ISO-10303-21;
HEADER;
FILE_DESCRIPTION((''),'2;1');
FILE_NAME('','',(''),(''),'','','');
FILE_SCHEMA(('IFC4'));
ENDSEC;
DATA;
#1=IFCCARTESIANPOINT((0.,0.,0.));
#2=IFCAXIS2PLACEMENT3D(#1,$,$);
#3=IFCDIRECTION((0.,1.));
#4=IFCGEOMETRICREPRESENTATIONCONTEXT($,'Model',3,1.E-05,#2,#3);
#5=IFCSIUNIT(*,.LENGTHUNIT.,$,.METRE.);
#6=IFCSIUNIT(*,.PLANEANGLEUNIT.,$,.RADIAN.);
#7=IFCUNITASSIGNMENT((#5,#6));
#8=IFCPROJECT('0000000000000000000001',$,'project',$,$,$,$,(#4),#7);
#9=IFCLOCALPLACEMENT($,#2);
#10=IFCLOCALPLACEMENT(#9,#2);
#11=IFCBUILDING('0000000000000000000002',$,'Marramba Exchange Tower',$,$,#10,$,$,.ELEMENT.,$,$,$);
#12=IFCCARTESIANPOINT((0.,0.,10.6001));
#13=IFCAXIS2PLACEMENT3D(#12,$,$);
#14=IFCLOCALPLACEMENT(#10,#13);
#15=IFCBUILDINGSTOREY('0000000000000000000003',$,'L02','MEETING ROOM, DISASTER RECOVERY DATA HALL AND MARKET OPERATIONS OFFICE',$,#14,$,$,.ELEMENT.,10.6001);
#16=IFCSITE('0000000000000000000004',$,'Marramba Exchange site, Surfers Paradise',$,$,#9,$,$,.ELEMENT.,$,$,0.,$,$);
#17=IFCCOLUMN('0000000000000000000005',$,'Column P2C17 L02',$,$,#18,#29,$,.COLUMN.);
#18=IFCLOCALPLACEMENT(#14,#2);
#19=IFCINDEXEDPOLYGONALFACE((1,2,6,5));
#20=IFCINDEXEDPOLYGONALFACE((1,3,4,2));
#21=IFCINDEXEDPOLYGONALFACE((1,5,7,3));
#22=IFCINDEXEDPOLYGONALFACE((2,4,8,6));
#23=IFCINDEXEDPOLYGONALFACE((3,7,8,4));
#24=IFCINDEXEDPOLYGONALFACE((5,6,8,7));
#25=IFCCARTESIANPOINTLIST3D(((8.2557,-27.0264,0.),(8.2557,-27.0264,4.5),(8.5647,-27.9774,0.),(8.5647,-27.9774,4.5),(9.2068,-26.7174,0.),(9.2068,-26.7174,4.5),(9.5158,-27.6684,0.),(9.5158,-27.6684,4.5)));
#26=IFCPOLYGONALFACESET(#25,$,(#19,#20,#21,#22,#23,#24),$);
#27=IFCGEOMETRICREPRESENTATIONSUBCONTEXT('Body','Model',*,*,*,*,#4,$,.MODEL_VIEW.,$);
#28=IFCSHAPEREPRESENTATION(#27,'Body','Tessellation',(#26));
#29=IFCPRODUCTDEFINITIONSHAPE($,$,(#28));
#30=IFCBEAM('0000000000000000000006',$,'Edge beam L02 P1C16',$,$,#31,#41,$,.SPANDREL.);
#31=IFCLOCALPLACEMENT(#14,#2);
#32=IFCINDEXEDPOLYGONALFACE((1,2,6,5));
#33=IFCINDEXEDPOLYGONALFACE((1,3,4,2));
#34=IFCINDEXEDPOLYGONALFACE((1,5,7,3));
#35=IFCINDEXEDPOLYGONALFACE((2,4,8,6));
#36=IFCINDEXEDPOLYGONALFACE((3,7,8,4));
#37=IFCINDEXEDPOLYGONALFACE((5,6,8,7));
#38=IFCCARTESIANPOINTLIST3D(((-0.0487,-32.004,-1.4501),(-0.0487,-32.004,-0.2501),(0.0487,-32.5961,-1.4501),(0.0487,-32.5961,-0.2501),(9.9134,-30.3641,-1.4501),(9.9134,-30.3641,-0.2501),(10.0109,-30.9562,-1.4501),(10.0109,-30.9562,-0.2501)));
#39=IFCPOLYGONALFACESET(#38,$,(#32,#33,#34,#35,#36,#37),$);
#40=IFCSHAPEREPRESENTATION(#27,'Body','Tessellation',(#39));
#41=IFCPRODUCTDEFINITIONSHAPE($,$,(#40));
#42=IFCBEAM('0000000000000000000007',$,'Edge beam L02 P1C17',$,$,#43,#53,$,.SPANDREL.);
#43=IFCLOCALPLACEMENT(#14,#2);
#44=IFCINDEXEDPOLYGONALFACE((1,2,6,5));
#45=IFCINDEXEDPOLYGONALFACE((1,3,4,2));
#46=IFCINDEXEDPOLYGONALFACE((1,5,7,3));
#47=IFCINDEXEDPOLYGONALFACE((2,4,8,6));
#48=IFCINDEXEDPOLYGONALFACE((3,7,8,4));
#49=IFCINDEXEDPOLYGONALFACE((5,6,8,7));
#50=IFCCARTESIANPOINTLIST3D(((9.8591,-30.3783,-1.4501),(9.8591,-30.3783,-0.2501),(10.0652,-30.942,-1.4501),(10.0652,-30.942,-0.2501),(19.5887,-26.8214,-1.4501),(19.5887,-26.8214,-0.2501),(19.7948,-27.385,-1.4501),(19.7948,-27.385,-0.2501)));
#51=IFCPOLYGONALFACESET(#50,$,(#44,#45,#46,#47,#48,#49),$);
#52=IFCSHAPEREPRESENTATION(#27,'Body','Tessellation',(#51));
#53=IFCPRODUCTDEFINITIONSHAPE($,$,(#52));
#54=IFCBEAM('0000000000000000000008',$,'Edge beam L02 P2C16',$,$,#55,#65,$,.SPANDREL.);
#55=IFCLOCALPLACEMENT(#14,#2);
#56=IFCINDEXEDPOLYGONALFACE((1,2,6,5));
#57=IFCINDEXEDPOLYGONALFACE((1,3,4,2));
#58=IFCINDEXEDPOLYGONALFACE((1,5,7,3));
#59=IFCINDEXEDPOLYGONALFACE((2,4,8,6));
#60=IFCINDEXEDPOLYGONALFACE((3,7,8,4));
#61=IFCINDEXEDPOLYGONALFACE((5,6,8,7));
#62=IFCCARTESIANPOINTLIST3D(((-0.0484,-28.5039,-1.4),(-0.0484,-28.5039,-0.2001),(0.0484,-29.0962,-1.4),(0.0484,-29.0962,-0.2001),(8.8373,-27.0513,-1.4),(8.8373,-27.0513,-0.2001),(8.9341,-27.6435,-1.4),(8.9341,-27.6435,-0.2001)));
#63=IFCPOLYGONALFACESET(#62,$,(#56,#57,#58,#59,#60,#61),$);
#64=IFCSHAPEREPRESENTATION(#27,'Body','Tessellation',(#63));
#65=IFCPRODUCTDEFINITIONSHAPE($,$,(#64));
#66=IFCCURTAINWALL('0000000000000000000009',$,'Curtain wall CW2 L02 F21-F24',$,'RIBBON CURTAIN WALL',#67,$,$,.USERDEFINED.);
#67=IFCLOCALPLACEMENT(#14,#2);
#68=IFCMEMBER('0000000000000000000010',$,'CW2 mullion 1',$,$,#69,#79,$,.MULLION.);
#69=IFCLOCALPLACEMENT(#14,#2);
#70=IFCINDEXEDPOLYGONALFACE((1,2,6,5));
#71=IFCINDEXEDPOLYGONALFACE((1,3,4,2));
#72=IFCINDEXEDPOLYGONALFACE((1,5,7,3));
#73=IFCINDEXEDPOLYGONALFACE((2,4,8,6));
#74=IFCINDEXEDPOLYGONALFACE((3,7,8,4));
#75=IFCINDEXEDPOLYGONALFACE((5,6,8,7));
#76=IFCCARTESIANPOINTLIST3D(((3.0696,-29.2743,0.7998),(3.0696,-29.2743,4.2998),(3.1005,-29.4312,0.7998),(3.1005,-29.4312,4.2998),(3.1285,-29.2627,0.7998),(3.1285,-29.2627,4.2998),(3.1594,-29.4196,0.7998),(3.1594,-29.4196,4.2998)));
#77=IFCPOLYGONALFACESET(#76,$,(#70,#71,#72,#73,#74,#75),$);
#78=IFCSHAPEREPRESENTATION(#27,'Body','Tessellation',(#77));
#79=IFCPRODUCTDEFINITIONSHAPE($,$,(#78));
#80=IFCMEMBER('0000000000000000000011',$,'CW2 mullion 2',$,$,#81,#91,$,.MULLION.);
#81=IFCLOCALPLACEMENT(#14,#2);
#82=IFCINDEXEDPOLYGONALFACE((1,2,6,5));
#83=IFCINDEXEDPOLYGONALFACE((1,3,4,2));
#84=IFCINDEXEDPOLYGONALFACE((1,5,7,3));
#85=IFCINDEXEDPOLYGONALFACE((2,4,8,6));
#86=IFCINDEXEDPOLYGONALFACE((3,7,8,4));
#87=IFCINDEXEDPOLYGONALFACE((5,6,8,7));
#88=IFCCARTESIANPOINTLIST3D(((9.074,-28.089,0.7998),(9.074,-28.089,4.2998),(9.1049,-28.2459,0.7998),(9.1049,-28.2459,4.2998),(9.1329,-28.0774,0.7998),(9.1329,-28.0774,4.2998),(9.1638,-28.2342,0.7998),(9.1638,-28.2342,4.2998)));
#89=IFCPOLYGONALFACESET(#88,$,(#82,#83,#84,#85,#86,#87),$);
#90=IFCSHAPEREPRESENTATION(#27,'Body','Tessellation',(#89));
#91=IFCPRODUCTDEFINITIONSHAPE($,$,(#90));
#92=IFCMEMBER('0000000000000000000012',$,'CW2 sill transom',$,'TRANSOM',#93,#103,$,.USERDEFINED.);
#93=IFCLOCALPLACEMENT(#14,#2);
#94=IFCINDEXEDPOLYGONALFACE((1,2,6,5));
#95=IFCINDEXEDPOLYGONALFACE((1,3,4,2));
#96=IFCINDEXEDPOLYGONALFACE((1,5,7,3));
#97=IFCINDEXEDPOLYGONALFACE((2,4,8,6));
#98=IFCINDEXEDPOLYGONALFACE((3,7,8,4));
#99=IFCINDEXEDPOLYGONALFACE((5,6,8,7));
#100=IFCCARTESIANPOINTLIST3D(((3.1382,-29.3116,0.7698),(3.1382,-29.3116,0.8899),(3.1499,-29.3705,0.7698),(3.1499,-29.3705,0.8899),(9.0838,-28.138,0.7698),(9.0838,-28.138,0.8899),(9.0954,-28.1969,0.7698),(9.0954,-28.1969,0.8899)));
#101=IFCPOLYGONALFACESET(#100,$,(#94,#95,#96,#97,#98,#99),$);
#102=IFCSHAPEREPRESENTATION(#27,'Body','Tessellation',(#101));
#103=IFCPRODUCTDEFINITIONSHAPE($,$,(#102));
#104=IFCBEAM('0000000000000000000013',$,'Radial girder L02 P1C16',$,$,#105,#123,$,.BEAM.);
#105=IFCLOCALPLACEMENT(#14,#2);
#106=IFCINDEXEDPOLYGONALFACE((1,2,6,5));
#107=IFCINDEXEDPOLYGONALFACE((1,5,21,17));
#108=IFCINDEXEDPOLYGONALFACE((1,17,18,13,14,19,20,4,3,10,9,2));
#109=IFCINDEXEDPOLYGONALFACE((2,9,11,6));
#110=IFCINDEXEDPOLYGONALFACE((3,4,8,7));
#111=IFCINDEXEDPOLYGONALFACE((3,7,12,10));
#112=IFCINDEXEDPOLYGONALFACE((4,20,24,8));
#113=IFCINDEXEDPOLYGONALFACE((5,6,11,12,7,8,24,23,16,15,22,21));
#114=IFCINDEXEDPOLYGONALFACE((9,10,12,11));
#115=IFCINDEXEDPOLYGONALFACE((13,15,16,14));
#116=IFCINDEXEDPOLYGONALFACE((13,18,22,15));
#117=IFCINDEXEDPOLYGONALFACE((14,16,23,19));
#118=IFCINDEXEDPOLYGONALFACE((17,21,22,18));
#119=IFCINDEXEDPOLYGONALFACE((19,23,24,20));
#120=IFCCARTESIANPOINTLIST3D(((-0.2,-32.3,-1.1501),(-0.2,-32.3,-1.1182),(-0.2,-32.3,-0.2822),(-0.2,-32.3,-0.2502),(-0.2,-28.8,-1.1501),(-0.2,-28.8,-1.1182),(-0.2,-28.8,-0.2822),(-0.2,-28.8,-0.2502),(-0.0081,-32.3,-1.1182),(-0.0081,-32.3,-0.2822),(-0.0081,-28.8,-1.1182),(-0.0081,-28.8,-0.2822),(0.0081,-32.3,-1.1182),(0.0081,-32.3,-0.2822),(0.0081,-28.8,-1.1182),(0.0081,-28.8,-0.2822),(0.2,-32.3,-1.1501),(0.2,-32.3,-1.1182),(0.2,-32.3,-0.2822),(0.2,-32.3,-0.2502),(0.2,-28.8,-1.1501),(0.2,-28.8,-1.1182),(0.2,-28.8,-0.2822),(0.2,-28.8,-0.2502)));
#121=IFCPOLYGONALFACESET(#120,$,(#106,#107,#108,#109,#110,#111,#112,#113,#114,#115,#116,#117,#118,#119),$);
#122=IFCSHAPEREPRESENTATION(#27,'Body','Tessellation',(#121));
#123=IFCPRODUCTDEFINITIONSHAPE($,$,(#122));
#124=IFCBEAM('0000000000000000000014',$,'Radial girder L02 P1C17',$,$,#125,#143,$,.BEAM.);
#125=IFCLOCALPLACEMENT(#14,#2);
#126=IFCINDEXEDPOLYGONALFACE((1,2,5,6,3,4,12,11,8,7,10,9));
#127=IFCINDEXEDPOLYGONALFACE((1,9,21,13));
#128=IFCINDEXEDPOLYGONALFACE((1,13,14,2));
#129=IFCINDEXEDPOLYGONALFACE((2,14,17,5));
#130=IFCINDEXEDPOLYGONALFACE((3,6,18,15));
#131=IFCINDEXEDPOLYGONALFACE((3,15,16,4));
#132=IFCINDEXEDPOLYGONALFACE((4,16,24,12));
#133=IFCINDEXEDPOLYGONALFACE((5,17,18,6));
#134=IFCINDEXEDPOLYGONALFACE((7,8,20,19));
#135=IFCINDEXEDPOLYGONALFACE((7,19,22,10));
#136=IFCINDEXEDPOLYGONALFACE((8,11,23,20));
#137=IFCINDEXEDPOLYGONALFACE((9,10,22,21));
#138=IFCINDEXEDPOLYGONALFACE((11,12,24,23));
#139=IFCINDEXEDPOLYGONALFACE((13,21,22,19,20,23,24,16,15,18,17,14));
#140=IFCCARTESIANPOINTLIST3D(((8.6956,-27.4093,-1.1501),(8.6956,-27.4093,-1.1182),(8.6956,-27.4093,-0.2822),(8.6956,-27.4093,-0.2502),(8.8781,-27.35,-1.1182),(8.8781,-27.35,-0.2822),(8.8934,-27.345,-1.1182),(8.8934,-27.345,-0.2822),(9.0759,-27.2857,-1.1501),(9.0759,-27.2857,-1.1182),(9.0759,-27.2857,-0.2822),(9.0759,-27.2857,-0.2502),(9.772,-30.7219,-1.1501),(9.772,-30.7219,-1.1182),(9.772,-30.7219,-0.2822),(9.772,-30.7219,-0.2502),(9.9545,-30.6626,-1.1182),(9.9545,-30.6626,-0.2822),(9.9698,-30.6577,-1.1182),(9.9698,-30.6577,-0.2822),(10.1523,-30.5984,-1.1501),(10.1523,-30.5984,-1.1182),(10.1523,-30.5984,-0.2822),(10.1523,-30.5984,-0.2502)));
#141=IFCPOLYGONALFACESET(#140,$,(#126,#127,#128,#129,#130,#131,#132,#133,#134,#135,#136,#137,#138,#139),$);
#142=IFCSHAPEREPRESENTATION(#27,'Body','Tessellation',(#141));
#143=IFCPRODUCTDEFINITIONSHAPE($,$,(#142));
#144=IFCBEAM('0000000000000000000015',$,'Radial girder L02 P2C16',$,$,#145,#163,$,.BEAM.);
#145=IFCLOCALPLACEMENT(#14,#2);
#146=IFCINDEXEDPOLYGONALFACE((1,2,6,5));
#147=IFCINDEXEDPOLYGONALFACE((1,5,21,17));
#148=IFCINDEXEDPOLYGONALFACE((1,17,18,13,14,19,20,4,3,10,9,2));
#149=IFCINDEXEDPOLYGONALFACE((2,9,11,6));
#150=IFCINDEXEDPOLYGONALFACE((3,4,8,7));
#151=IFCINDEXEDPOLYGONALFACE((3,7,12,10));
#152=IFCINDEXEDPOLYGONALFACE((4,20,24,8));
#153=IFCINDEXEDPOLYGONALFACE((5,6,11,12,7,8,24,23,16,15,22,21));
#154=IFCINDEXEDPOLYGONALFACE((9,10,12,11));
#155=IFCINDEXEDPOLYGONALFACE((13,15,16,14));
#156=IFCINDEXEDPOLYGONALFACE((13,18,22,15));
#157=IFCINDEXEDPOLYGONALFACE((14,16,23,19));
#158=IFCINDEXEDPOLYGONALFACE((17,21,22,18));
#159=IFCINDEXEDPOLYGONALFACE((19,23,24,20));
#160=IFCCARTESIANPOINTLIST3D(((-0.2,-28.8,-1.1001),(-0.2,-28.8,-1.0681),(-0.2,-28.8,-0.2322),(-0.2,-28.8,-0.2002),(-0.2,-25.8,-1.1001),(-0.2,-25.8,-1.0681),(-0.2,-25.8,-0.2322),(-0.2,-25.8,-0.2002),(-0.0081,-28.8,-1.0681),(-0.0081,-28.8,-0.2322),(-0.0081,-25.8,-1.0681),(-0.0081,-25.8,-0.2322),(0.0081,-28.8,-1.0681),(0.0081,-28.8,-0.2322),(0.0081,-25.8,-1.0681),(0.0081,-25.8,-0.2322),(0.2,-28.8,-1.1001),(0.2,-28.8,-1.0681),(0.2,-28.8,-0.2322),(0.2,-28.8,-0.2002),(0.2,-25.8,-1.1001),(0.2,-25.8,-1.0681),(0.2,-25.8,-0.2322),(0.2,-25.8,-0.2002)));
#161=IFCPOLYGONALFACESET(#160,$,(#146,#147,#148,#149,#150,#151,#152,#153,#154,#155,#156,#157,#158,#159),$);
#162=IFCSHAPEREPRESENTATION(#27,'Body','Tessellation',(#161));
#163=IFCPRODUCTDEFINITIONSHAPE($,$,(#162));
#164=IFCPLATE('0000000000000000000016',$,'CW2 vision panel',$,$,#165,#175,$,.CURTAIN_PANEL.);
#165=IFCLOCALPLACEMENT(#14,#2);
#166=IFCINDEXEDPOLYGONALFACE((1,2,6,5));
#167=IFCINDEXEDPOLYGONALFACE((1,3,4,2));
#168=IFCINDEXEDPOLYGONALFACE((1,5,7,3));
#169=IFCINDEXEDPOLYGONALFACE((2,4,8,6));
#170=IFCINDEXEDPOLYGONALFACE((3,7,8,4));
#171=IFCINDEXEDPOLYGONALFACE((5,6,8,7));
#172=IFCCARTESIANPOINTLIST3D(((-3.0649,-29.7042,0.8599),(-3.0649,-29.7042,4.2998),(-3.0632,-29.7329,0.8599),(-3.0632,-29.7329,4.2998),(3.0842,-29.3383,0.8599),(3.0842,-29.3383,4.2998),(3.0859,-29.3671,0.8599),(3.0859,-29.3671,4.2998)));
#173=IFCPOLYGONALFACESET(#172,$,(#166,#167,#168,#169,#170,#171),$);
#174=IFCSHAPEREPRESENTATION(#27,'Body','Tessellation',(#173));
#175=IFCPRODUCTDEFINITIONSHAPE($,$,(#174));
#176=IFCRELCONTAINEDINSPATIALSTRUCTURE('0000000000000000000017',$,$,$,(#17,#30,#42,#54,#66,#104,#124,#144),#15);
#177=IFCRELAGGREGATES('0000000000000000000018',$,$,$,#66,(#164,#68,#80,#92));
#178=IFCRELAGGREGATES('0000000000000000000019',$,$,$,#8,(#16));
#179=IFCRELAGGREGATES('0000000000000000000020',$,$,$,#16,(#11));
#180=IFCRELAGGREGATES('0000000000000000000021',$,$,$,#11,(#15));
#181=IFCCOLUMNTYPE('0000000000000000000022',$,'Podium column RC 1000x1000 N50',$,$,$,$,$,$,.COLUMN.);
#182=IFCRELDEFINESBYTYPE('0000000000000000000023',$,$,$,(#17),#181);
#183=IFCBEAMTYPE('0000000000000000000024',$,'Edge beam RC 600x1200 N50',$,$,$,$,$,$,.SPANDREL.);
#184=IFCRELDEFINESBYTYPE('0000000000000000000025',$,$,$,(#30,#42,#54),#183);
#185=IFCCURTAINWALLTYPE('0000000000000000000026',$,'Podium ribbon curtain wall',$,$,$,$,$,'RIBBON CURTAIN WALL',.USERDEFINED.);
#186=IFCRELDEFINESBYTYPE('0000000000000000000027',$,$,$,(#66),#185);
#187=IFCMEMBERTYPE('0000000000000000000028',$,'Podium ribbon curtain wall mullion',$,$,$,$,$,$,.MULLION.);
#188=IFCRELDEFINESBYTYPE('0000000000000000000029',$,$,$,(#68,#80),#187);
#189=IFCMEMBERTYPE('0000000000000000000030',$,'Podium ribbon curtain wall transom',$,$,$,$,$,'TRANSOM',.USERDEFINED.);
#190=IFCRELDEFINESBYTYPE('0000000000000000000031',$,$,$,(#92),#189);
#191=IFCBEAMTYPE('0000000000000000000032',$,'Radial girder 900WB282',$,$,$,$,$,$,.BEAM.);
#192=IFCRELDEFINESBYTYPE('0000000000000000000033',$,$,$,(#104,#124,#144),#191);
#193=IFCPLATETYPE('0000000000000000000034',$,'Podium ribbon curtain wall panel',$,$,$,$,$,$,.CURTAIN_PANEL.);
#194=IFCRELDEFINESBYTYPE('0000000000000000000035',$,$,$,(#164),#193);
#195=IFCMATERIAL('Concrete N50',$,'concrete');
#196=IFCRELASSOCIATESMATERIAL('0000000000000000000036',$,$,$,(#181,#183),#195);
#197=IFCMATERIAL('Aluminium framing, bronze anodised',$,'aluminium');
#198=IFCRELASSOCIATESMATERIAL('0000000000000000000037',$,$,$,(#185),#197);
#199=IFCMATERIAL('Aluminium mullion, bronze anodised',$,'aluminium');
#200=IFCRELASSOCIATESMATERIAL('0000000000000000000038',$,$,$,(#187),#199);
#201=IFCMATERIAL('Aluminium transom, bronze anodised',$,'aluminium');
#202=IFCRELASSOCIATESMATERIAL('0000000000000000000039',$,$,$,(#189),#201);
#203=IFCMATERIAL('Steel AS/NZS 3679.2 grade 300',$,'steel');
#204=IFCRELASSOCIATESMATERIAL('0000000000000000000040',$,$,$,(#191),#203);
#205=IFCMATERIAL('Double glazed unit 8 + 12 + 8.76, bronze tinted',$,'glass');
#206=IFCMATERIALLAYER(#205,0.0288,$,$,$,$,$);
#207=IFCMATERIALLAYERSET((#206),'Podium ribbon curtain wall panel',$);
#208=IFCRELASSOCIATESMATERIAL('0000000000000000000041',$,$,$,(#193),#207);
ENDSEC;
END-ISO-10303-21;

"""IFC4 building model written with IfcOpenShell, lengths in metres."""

from ifc_helpers import new_model, si_unit, direction, frame, origin, origin_2d, place, context, subcontext, project, spatial, rectangle, i_section, extrude, material, layer, layer_set, material_profile, profile_set, type_object, element, aggregate, save


model = new_model("IFC4")

# Units and contexts
model_context = context("Model", 3, precision=1e-05, world=origin(), true_north=direction((0.0, 1.0)))
body_context = subcontext(model_context, "Body", "Model", "MODEL_VIEW")
ifc_project = project(units=[si_unit("LENGTHUNIT", "METRE"), si_unit("PLANEANGLEUNIT", "RADIAN")], contexts=[model_context])

# Site, building, storey
site_placement = place(None, origin())
site = spatial("IfcSite", under=ifc_project, at=site_placement, Name="Marramba Exchange site, Surfers Paradise", CompositionType="ELEMENT", RefElevation=0.0)
building_placement = place(site_placement, origin())
building = spatial("IfcBuilding", under=site, at=building_placement, Name="Marramba Exchange Tower", CompositionType="ELEMENT")
storey_placement = place(building_placement, frame((0.0, 0.0, 10.6001)))
storey = spatial("IfcBuildingStorey", under=building, at=storey_placement, Name="L02", Description="MEETING ROOM, DISASTER RECOVERY DATA HALL AND MARKET OPERATIONS OFFICE", CompositionType="ELEMENT", Elevation=10.6001)

# Column
ifc_material_1 = material(Name="Concrete N50", Category="concrete")
ifc_material_profile_1 = material_profile(ifc_material_1, rectangle(XDim=1.0, YDim=1.0, at=origin_2d()), Name="RC 1000x1000")
ifc_profile_set_1 = profile_set([ifc_material_profile_1], Name="Concrete N50")
column_type = type_object("IfcColumnType", Name="Podium column RC 1000x1000 N50", PredefinedType="COLUMN", material=ifc_profile_set_1)
column_placement = place(storey_placement, frame((8.8857, -27.3474, 0.0), z_axis=(0.0, 0.0, 1.0), x_axis=(0.309017, -0.951057, 0.0)))
element("IfcColumn", 1, at=column_placement, inside=storey, type_object=column_type, Name="Column P2C17 L02", PredefinedType="COLUMN", context=body_context, shape_type="SweptSolid", body=[
    extrude(rectangle(XDim=1.0, YDim=1.0, at=origin_2d()), origin(), (0.0, 0.0, 1.0), 4.5),
])

# Beams
ifc_material_profile_2 = material_profile(ifc_material_1, rectangle(XDim=0.6001, YDim=1.2, at=origin_2d()), Name="RC 600x1200")
ifc_profile_set_2 = profile_set([ifc_material_profile_2], Name="Concrete N50")
beam_type_1 = type_object("IfcBeamType", Name="Edge beam RC 600x1200 N50", PredefinedType="SPANDREL", material=ifc_profile_set_2)
beam_1_placement = place(storey_placement, frame((0.0, -32.3, -0.8501), z_axis=(0.986721, 0.162426, 0.0), x_axis=(-0.162426, 0.986721, 0.0)))
element("IfcBeam", 2, at=beam_1_placement, inside=storey, type_object=beam_type_1, Name="Edge beam L02 P1C16", PredefinedType="SPANDREL", context=body_context, shape_type="SweptSolid", body=[
    extrude(rectangle(XDim=0.6001, YDim=1.2, at=origin_2d()), origin(), (0.0, 0.0, 1.0), 10.0962),
])
beam_2_placement = place(storey_placement, frame((9.9622, -30.6602, -0.8501), z_axis=(0.939206, 0.343353, 0.0), x_axis=(-0.343353, 0.939206, 0.0)))
element("IfcBeam", 3, at=beam_2_placement, inside=storey, type_object=beam_type_1, Name="Edge beam L02 P1C17", PredefinedType="SPANDREL", context=body_context, shape_type="SweptSolid", body=[
    extrude(rectangle(XDim=0.6001, YDim=1.2, at=origin_2d()), origin(), (0.0, 0.0, 1.0), 10.3594),
])
beam_3_placement = place(storey_placement, frame((0.0, -28.8, -0.8), z_axis=(0.986899, 0.161338, 0.0), x_axis=(-0.161338, 0.986899, 0.0)))
element("IfcBeam", 4, at=beam_3_placement, inside=storey, type_object=beam_type_1, Name="Edge beam L02 P2C16", PredefinedType="SPANDREL", context=body_context, shape_type="SweptSolid", body=[
    extrude(rectangle(XDim=0.6001, YDim=1.2, at=origin_2d()), origin(), (0.0, 0.0, 1.0), 9.0037),
])

# Curtain wall, members
ifc_material_2 = material(Name="Aluminium framing, bronze anodised", Category="aluminium")
curtain_wall_type = type_object("IfcCurtainWallType", Name="Podium ribbon curtain wall", ElementType="RIBBON CURTAIN WALL", PredefinedType="USERDEFINED", material=ifc_material_2)
curtain_wall_placement = place(storey_placement, origin())
curtain_wall = element("IfcCurtainWall", 5, at=curtain_wall_placement, inside=storey, type_object=curtain_wall_type, Name="Curtain wall CW2 L02 F21-F24", ObjectType="RIBBON CURTAIN WALL", PredefinedType="USERDEFINED")
ifc_material_3 = material(Name="Aluminium mullion, bronze anodised", Category="aluminium")
ifc_material_profile_3 = material_profile(ifc_material_3, rectangle(XDim=0.1599, YDim=0.0601, at=origin_2d()), Name="CW2 mullion 60x160")
ifc_profile_set_3 = profile_set([ifc_material_profile_3], Name="Aluminium mullion, bronze anodised")
member_type_1 = type_object("IfcMemberType", Name="Podium ribbon curtain wall mullion", PredefinedType="MULLION", material=ifc_profile_set_3)
member_1_placement = place(storey_placement, frame((3.1145, -29.3469, 0.7998), z_axis=(0.0, 0.0, 1.0), x_axis=(-0.193668, 0.981067, 0.0)))
member_1 = element("IfcMember", 6, at=member_1_placement, type_object=member_type_1, Name="CW2 mullion 1", PredefinedType="MULLION", context=body_context, shape_type="SweptSolid", body=[
    extrude(rectangle(XDim=0.1599, YDim=0.0601, at=origin_2d()), origin(), (0.0, 0.0, 1.0), 3.5),
])
member_2_placement = place(storey_placement, frame((9.1189, -28.1616, 0.7998), z_axis=(0.0, 0.0, 1.0), x_axis=(-0.193668, 0.981067, 0.0)))
member_2 = element("IfcMember", 7, at=member_2_placement, type_object=member_type_1, Name="CW2 mullion 2", PredefinedType="MULLION", context=body_context, shape_type="SweptSolid", body=[
    extrude(rectangle(XDim=0.1599, YDim=0.0601, at=origin_2d()), origin(), (0.0, 0.0, 1.0), 3.5),
])
ifc_material_4 = material(Name="Aluminium transom, bronze anodised", Category="aluminium")
ifc_material_profile_4 = material_profile(ifc_material_4, rectangle(XDim=0.0601, YDim=0.1201, at=origin_2d()), Name="CW2 transom 60x120")
ifc_profile_set_4 = profile_set([ifc_material_profile_4], Name="Aluminium transom, bronze anodised")
member_type_2 = type_object("IfcMemberType", Name="Podium ribbon curtain wall transom", ElementType="TRANSOM", PredefinedType="USERDEFINED", material=ifc_profile_set_4)
member_3_placement = place(storey_placement, frame((3.144, -29.3411, 0.8298), z_axis=(0.98107, 0.193652, 0.0), x_axis=(-0.193652, 0.98107, 0.0)))
member_3 = element("IfcMember", 8, at=member_3_placement, type_object=member_type_2, Name="CW2 sill transom", ObjectType="TRANSOM", PredefinedType="USERDEFINED", context=body_context, shape_type="SweptSolid", body=[
    extrude(rectangle(XDim=0.0601, YDim=0.1201, at=origin_2d()), origin(), (0.0, 0.0, 1.0), 6.0603),
])

# Beams
ifc_material_5 = material(Name="Steel AS/NZS 3679.2 grade 300", Category="steel")
ifc_material_profile_5 = material_profile(ifc_material_5, i_section(OverallWidth=0.3999, OverallDepth=0.8999, WebThickness=0.0161, FlangeThickness=0.032, at=origin_2d()), Name="900WB282")
ifc_profile_set_5 = profile_set([ifc_material_profile_5], Name="Steel AS/NZS 3679.2 grade 300")
beam_type_2 = type_object("IfcBeamType", Name="Radial girder 900WB282", PredefinedType="BEAM", material=ifc_profile_set_5)
beam_4_placement = place(storey_placement, frame((0.0, -32.3, -0.7002), z_axis=(0.0, 1.0, 0.0), x_axis=(-1.0, 0.0, 0.0)))
element("IfcBeam", 9, at=beam_4_placement, inside=storey, type_object=beam_type_2, Name="Radial girder L02 P1C16", PredefinedType="BEAM", context=body_context, shape_type="SweptSolid", body=[
    extrude(i_section(OverallWidth=0.3999, OverallDepth=0.8999, WebThickness=0.0161, FlangeThickness=0.032, at=origin_2d()), origin(), (0.0, 0.0, 1.0), 3.5),
])
beam_5_placement = place(storey_placement, frame((9.9622, -30.6602, -0.7002), z_axis=(-0.309027, 0.951053, 0.0), x_axis=(-0.951053, -0.309027, 0.0)))
element("IfcBeam", 10, at=beam_5_placement, inside=storey, type_object=beam_type_2, Name="Radial girder L02 P1C17", PredefinedType="BEAM", context=body_context, shape_type="SweptSolid", body=[
    extrude(i_section(OverallWidth=0.3999, OverallDepth=0.8999, WebThickness=0.0161, FlangeThickness=0.032, at=origin_2d()), origin(), (0.0, 0.0, 1.0), 3.4832),
])
beam_6_placement = place(storey_placement, frame((0.0, -28.8, -0.6501), z_axis=(0.0, 1.0, 0.0), x_axis=(-1.0, 0.0, 0.0)))
element("IfcBeam", 11, at=beam_6_placement, inside=storey, type_object=beam_type_2, Name="Radial girder L02 P2C16", PredefinedType="BEAM", context=body_context, shape_type="SweptSolid", body=[
    extrude(i_section(OverallWidth=0.3999, OverallDepth=0.8999, WebThickness=0.0161, FlangeThickness=0.032, at=origin_2d()), origin(), (0.0, 0.0, 1.0), 3.0),
])

# Plate
ifc_material_6 = material(Name="Double glazed unit 8 + 12 + 8.76, bronze tinted", Category="glass")
ifc_layer_1 = layer(ifc_material_6, 0.0288)
ifc_layer_set_1 = layer_set([ifc_layer_1], Name="Podium ribbon curtain wall panel")
plate_type = type_object("IfcPlateType", Name="Podium ribbon curtain wall panel", PredefinedType="CURTAIN_PANEL", material=ifc_layer_set_1)
plate_1_placement = place(storey_placement, frame((0.0105, -29.5356, 0.8599), z_axis=(0.0, 0.0, 1.0), x_axis=(0.998235, 0.05939, 0.0)))
plate_1 = element("IfcPlate", 12, at=plate_1_placement, type_object=plate_type, Name="CW2 vision panel", PredefinedType="CURTAIN_PANEL", context=body_context, shape_type="SweptSolid", body=[
    extrude(rectangle(XDim=6.1599, YDim=0.0288, at=origin_2d()), origin(), (0.0, 0.0, 1.0), 3.4399),
])
aggregate(curtain_wall, [plate_1, member_1, member_2, member_3])

save(model, "model.ifc")
